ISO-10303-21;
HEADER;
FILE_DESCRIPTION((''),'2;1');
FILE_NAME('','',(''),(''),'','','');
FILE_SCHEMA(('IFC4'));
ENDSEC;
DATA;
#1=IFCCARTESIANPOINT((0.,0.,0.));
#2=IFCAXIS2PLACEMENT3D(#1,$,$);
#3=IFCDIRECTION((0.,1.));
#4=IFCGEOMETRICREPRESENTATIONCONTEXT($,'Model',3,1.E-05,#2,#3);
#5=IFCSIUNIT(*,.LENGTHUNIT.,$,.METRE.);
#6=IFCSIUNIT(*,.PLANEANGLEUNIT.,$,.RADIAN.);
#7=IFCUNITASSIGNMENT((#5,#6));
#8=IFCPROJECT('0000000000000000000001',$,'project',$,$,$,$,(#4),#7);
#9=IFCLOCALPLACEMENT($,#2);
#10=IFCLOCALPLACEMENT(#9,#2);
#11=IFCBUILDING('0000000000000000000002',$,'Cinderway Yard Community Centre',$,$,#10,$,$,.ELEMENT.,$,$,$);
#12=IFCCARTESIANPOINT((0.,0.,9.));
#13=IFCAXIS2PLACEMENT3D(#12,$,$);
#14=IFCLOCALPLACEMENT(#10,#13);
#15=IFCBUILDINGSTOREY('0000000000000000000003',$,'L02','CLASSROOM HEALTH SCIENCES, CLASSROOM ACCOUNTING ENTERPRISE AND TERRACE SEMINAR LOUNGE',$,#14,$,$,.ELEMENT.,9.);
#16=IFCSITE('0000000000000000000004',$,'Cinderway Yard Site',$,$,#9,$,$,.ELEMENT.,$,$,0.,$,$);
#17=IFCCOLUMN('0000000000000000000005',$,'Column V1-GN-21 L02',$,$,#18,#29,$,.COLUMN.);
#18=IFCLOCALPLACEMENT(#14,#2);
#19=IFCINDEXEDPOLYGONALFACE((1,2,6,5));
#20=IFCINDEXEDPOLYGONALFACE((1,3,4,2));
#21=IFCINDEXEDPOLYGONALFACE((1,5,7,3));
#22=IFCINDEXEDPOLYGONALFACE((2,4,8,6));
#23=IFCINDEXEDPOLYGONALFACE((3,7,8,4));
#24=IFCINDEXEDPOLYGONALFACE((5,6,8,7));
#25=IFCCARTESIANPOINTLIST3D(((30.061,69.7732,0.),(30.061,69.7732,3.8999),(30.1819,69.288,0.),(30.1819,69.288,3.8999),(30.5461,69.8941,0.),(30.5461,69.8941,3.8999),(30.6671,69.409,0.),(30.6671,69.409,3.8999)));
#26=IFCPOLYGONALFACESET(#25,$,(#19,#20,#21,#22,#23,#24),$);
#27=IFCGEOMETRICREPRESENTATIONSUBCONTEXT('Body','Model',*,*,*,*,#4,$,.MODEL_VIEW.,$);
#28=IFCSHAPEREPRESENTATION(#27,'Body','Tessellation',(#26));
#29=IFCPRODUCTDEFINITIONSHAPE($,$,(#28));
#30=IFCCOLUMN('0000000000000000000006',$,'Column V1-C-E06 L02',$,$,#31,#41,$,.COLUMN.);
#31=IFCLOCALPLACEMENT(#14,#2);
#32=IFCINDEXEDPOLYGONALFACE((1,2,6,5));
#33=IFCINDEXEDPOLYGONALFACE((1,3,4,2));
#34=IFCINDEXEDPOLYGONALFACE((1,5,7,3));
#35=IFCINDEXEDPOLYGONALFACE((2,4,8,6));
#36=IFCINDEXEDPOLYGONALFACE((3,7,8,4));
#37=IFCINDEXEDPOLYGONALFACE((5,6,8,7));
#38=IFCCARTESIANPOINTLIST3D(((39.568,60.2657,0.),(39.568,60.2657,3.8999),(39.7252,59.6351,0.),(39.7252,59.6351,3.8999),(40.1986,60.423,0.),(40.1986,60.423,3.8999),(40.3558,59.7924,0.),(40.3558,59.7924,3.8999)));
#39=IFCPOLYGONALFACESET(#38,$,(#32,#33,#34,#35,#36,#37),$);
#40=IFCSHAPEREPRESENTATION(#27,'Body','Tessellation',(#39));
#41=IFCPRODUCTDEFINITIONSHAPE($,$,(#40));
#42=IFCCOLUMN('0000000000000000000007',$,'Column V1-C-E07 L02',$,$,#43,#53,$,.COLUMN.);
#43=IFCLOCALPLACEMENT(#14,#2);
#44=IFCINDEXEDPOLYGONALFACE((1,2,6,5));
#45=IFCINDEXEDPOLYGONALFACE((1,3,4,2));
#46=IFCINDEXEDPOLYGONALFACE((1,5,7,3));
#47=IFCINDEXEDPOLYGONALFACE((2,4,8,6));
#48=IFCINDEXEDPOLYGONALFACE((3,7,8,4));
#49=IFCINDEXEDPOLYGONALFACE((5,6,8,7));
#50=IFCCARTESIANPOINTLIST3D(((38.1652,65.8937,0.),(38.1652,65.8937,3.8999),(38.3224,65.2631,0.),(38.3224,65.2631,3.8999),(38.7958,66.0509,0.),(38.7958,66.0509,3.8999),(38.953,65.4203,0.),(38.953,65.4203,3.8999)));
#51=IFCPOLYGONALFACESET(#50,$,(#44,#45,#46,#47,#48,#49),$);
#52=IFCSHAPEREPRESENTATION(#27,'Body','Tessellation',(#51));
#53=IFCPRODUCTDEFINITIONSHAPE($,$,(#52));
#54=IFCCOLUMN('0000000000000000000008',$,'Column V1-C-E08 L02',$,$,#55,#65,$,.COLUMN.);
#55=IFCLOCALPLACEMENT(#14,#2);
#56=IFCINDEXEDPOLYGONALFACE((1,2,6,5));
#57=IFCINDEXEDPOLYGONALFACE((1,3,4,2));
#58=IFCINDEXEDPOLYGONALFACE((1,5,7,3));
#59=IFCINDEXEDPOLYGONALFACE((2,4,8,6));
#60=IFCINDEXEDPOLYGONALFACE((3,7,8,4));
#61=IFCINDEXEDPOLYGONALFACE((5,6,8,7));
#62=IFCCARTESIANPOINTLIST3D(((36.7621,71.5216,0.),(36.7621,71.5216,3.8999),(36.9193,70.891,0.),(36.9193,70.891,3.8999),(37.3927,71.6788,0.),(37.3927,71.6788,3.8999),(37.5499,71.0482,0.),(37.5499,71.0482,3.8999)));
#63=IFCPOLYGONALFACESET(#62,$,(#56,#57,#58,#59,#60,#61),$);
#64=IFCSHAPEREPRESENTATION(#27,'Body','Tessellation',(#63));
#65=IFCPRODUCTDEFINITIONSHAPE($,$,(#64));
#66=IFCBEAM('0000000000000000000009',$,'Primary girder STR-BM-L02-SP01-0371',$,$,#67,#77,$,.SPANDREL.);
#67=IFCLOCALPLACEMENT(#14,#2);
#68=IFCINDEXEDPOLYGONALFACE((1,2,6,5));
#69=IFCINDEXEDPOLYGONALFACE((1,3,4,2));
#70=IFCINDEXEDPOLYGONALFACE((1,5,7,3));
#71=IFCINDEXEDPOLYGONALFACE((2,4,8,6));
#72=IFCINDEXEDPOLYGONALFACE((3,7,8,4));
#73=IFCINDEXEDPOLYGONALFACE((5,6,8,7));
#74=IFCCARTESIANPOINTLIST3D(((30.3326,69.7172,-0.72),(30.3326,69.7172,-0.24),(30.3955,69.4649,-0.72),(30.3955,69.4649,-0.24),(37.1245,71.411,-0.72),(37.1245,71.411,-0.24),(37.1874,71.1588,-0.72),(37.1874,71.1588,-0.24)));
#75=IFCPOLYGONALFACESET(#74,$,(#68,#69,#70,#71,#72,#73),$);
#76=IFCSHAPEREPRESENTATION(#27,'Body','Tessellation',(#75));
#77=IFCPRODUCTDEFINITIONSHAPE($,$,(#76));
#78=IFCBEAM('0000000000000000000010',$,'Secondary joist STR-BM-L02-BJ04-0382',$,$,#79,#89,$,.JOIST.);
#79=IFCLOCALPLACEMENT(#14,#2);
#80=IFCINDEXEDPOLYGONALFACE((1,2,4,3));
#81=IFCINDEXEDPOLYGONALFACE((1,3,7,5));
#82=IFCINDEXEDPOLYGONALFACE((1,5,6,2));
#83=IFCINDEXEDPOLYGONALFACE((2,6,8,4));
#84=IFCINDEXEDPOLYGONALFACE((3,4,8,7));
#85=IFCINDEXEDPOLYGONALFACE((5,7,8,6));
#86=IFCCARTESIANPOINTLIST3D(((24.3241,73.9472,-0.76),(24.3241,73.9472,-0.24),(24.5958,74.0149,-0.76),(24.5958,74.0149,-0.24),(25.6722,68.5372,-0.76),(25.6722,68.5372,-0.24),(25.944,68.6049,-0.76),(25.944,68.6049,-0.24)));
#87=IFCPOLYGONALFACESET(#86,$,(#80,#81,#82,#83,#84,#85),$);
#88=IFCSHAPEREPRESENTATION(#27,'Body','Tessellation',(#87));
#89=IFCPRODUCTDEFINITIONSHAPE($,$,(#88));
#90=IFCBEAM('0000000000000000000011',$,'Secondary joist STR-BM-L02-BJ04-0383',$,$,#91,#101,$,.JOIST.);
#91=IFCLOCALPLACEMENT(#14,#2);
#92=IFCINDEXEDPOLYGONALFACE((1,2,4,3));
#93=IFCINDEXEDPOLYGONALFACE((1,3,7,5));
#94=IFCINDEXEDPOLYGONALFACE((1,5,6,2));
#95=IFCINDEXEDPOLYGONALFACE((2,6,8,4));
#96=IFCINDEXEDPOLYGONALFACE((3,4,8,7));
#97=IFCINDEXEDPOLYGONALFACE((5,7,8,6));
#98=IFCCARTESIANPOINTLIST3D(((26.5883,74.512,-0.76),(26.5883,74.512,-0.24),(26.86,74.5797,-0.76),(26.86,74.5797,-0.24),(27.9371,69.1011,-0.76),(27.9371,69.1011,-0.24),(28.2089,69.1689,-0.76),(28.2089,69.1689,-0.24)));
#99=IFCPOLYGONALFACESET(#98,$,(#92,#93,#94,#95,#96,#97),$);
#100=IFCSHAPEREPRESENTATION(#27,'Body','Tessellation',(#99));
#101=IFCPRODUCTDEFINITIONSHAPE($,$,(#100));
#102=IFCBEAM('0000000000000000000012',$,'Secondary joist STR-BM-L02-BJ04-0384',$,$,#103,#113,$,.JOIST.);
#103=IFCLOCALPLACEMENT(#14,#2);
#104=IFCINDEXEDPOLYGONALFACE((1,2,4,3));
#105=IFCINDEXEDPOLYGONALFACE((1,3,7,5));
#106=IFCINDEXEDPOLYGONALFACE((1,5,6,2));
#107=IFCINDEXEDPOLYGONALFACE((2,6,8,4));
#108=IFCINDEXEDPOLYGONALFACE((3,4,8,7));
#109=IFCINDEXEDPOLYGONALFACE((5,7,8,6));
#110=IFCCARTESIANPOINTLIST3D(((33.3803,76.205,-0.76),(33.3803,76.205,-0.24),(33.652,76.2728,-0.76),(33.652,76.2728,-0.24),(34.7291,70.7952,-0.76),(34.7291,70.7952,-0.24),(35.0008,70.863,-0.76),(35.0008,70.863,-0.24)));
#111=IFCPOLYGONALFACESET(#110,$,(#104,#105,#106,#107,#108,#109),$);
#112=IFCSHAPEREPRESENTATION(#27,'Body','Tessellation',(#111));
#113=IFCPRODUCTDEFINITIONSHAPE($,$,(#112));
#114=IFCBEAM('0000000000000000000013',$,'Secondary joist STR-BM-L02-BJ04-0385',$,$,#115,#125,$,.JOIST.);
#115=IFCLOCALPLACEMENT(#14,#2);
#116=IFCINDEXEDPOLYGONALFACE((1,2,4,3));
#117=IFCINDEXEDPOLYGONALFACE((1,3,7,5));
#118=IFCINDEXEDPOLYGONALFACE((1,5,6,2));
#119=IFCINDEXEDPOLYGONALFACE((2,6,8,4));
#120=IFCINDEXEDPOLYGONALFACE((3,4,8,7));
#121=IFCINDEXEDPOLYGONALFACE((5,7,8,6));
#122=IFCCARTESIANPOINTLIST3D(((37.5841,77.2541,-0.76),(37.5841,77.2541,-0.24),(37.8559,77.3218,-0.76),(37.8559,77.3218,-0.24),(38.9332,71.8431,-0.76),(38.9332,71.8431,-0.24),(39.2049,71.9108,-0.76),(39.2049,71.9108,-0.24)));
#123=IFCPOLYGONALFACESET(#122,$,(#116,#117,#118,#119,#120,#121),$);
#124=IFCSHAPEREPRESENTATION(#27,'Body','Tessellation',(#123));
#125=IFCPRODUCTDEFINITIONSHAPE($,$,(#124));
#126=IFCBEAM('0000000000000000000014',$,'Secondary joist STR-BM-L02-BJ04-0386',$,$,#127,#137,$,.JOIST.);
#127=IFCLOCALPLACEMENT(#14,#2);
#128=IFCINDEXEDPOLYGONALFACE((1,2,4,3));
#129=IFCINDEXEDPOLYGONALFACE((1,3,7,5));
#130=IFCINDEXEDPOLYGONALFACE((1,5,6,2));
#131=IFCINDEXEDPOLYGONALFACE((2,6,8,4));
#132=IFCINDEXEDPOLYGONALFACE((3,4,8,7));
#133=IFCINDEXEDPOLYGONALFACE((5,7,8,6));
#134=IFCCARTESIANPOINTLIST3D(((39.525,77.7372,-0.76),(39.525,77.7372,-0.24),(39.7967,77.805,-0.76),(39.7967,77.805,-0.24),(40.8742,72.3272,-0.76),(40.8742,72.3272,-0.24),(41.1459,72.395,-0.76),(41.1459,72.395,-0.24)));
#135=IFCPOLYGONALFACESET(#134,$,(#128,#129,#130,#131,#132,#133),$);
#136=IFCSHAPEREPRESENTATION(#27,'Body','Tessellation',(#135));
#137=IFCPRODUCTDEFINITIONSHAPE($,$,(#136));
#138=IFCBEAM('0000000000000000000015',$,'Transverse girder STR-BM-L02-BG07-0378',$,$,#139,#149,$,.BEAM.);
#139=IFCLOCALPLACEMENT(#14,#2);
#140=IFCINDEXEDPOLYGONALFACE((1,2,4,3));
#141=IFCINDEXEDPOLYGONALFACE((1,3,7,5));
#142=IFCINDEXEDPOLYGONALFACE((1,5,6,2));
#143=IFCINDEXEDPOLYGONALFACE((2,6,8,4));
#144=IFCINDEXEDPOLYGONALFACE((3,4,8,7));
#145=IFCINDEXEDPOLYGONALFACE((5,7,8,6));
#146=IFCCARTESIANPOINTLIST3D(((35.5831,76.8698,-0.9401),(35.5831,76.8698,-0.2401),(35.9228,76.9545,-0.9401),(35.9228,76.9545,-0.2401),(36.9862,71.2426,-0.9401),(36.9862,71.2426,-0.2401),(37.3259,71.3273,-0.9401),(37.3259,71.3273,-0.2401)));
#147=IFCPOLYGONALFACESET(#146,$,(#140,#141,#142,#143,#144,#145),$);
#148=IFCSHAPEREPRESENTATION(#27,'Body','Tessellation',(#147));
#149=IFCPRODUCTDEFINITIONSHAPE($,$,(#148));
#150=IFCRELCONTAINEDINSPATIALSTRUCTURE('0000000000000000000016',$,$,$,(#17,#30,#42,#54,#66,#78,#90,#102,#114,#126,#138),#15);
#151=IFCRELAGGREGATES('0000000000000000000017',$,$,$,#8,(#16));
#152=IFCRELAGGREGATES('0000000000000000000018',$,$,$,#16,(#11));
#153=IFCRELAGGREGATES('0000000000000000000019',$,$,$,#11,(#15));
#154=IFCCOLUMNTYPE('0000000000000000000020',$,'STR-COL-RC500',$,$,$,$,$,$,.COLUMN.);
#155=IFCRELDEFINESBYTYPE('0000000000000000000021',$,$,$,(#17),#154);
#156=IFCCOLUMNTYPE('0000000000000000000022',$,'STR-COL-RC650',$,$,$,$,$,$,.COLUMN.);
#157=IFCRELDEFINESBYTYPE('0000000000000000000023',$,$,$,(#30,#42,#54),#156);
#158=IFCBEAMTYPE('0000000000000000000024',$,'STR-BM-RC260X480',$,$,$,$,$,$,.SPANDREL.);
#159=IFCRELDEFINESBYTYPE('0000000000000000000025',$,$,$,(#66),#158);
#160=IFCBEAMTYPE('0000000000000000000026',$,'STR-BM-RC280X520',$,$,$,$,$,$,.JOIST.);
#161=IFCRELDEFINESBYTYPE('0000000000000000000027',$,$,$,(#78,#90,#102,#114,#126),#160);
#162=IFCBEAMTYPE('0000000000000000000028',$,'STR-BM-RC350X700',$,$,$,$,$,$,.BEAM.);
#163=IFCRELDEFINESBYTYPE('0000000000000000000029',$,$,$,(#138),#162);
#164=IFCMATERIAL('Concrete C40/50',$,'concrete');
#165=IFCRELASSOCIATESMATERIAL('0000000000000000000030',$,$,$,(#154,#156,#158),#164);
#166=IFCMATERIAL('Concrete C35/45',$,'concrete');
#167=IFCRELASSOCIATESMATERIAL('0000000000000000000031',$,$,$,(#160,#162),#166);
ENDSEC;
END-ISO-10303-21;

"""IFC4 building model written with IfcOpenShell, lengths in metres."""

from ifc_helpers import new_model, si_unit, direction, frame, origin, origin_2d, place, context, subcontext, project, spatial, rectangle, extrude, material, material_profile, profile_set, type_object, element, save


model = new_model("IFC4")

# Units and contexts
model_context = context("Model", 3, precision=1e-05, world=origin(), true_north=direction((0.0, 1.0)))
body_context = subcontext(model_context, "Body", "Model", "MODEL_VIEW")
ifc_project = project(units=[si_unit("LENGTHUNIT", "METRE"), si_unit("PLANEANGLEUNIT", "RADIAN")], contexts=[model_context])

# Site, building, storey
site_placement = place(None, origin())
site = spatial("IfcSite", under=ifc_project, at=site_placement, Name="Cinderway Yard Site", CompositionType="ELEMENT", RefElevation=0.0)
building_placement = place(site_placement, origin())
building = spatial("IfcBuilding", under=site, at=building_placement, Name="Cinderway Yard Community Centre", CompositionType="ELEMENT")
storey_placement = place(building_placement, frame((0.0, 0.0, 9.0)))
storey = spatial("IfcBuildingStorey", under=building, at=storey_placement, Name="L02", Description="CLASSROOM HEALTH SCIENCES, CLASSROOM ACCOUNTING ENTERPRISE AND TERRACE SEMINAR LOUNGE", CompositionType="ELEMENT", Elevation=9.0)

# Columns
ifc_material_1 = material(Name="Concrete C40/50", Category="concrete")
ifc_material_profile_1 = material_profile(ifc_material_1, rectangle(XDim=0.5, YDim=0.5, at=origin_2d()), Name="Concrete C40/50")
ifc_profile_set_1 = profile_set([ifc_material_profile_1], Name="Concrete C40/50")
column_type_1 = type_object("IfcColumnType", Name="STR-COL-RC500", PredefinedType="COLUMN", material=ifc_profile_set_1)
column_placement = place(storey_placement, frame((30.364, 69.5911, 0.0), z_axis=(0.0, 0.0, 1.0), x_axis=(0.970296, 0.241922, 0.0)))
element("IfcColumn", 1, at=column_placement, inside=storey, type_object=column_type_1, Name="Column V1-GN-21 L02", PredefinedType="COLUMN", context=body_context, shape_type="SweptSolid", body=[
    extrude(rectangle(XDim=0.5, YDim=0.5, at=origin_2d()), origin(), (0.0, 0.0, 1.0), 3.8999),
])
ifc_material_profile_2 = material_profile(ifc_material_1, rectangle(XDim=0.6499, YDim=0.6499, at=origin_2d()), Name="Concrete C40/50")
ifc_profile_set_2 = profile_set([ifc_material_profile_2], Name="Concrete C40/50")
column_type_2 = type_object("IfcColumnType", Name="STR-COL-RC650", PredefinedType="COLUMN", material=ifc_profile_set_2)
for number, where, z_axis, x_axis, name in (
    (2, (39.9619, 60.0291, 0.0), (0.0, 0.0, 1.0), (0.970296, 0.241922, 0.0), "Column V1-C-E06 L02"),
    (3, (38.5591, 65.657, 0.0), (0.0, 0.0, 1.0), (0.970296, 0.241922, 0.0), "Column V1-C-E07 L02"),
    (4, (37.156, 71.2849, 0.0), (0.0, 0.0, 1.0), (0.970296, 0.241922, 0.0), "Column V1-C-E08 L02"),
):
    element("IfcColumn", number, at=place(storey_placement, frame(where, z_axis=z_axis, x_axis=x_axis)), inside=storey, type_object=column_type_2, Name=name, PredefinedType="COLUMN", context=body_context, shape_type="SweptSolid", body=[
        extrude(rectangle(XDim=0.6499, YDim=0.6499, at=origin_2d()), origin(), (0.0, 0.0, 1.0), 3.8999),
    ])

# Beams
ifc_material_profile_3 = material_profile(ifc_material_1, rectangle(XDim=0.26, YDim=0.48, at=origin_2d()), Name="Concrete C40/50")
ifc_profile_set_3 = profile_set([ifc_material_profile_3], Name="Concrete C40/50")
beam_type_1 = type_object("IfcBeamType", Name="STR-BM-RC260X480", PredefinedType="SPANDREL", material=ifc_profile_set_3)
beam_1_placement = place(storey_placement, frame((30.364, 69.5911, -0.48), z_axis=(0.970282, 0.241978, 0.0), x_axis=(-0.241978, 0.970282, 0.0)))
element("IfcBeam", 5, at=beam_1_placement, inside=storey, type_object=beam_type_1, Name="Primary girder STR-BM-L02-SP01-0371", PredefinedType="SPANDREL", context=body_context, shape_type="SweptSolid", body=[
    extrude(rectangle(XDim=0.26, YDim=0.48, at=origin_2d()), origin(), (0.0, 0.0, 1.0), 7.0),
])
ifc_material_2 = material(Name="Concrete C35/45", Category="concrete")
ifc_material_profile_4 = material_profile(ifc_material_2, rectangle(XDim=0.28, YDim=0.52, at=origin_2d()), Name="Concrete C35/45")
ifc_profile_set_4 = profile_set([ifc_material_profile_4], Name="Concrete C35/45")
beam_type_2 = type_object("IfcBeamType", Name="STR-BM-RC280X520", PredefinedType="JOIST", material=ifc_profile_set_4)
beam_2_placement = place(storey_placement, frame((25.8081, 68.571, -0.5), z_axis=(-0.241804, 0.970325, 0.0), x_axis=(-0.970325, -0.241804, 0.0)))
element("IfcBeam", 6, at=beam_2_placement, inside=storey, type_object=beam_type_2, Name="Secondary joist STR-BM-L02-BJ04-0382", PredefinedType="JOIST", context=body_context, shape_type="SweptSolid", body=[
    extrude(rectangle(XDim=0.28, YDim=0.52, at=origin_2d()), origin(), (0.0, 0.0, 1.0), 5.5754),
])
beam_3_placement = place(storey_placement, frame((28.073, 69.135, -0.5), z_axis=(-0.241887, 0.970305, 0.0), x_axis=(-0.970305, -0.241887, 0.0)))
element("IfcBeam", 7, at=beam_3_placement, inside=storey, type_object=beam_type_2, Name="Secondary joist STR-BM-L02-BJ04-0383", PredefinedType="JOIST", context=body_context, shape_type="SweptSolid", body=[
    extrude(rectangle(XDim=0.28, YDim=0.52, at=origin_2d()), origin(), (0.0, 0.0, 1.0), 5.5764),
])
beam_4_placement = place(storey_placement, frame((34.865, 70.8291, -0.5), z_axis=(-0.241928, 0.970294, 0.0), x_axis=(-0.970294, -0.241928, 0.0)))
element("IfcBeam", 8, at=beam_4_placement, inside=storey, type_object=beam_type_2, Name="Secondary joist STR-BM-L02-BJ04-0384", PredefinedType="JOIST", context=body_context, shape_type="SweptSolid", body=[
    extrude(rectangle(XDim=0.28, YDim=0.52, at=origin_2d()), origin(), (0.0, 0.0, 1.0), 5.5754),
])
beam_5_placement = place(storey_placement, frame((39.0691, 71.877, -0.5), z_axis=(-0.241918, 0.970297, 0.0), x_axis=(-0.970297, -0.241918, 0.0)))
element("IfcBeam", 9, at=beam_5_placement, inside=storey, type_object=beam_type_2, Name="Secondary joist STR-BM-L02-BJ04-0385", PredefinedType="JOIST", context=body_context, shape_type="SweptSolid", body=[
    extrude(rectangle(XDim=0.28, YDim=0.52, at=origin_2d()), origin(), (0.0, 0.0, 1.0), 5.5767),
])
beam_6_placement = place(storey_placement, frame((41.01, 72.3611, -0.5), z_axis=(-0.241969, 0.970284, 0.0), x_axis=(-0.970284, -0.241969, 0.0)))
element("IfcBeam", 10, at=beam_6_placement, inside=storey, type_object=beam_type_2, Name="Secondary joist STR-BM-L02-BJ04-0386", PredefinedType="JOIST", context=body_context, shape_type="SweptSolid", body=[
    extrude(rectangle(XDim=0.28, YDim=0.52, at=origin_2d()), origin(), (0.0, 0.0, 1.0), 5.5757),
])
ifc_material_profile_5 = material_profile(ifc_material_2, rectangle(XDim=0.3501, YDim=0.7, at=origin_2d()), Name="Concrete C35/45")
ifc_profile_set_5 = profile_set([ifc_material_profile_5], Name="Concrete C35/45")
beam_type_3 = type_object("IfcBeamType", Name="STR-BM-RC350X700", PredefinedType="BEAM", material=ifc_profile_set_5)
beam_7_placement = place(storey_placement, frame((37.156, 71.2849, -0.5901), z_axis=(-0.241931, 0.970293, 0.0), x_axis=(-0.970293, -0.241931, 0.0)))
element("IfcBeam", 11, at=beam_7_placement, inside=storey, type_object=beam_type_3, Name="Transverse girder STR-BM-L02-BG07-0378", PredefinedType="BEAM", context=body_context, shape_type="SweptSolid", body=[
    extrude(rectangle(XDim=0.3501, YDim=0.7, at=origin_2d()), origin(), (0.0, 0.0, 1.0), 5.7996),
])

save(model, "model.ifc")
